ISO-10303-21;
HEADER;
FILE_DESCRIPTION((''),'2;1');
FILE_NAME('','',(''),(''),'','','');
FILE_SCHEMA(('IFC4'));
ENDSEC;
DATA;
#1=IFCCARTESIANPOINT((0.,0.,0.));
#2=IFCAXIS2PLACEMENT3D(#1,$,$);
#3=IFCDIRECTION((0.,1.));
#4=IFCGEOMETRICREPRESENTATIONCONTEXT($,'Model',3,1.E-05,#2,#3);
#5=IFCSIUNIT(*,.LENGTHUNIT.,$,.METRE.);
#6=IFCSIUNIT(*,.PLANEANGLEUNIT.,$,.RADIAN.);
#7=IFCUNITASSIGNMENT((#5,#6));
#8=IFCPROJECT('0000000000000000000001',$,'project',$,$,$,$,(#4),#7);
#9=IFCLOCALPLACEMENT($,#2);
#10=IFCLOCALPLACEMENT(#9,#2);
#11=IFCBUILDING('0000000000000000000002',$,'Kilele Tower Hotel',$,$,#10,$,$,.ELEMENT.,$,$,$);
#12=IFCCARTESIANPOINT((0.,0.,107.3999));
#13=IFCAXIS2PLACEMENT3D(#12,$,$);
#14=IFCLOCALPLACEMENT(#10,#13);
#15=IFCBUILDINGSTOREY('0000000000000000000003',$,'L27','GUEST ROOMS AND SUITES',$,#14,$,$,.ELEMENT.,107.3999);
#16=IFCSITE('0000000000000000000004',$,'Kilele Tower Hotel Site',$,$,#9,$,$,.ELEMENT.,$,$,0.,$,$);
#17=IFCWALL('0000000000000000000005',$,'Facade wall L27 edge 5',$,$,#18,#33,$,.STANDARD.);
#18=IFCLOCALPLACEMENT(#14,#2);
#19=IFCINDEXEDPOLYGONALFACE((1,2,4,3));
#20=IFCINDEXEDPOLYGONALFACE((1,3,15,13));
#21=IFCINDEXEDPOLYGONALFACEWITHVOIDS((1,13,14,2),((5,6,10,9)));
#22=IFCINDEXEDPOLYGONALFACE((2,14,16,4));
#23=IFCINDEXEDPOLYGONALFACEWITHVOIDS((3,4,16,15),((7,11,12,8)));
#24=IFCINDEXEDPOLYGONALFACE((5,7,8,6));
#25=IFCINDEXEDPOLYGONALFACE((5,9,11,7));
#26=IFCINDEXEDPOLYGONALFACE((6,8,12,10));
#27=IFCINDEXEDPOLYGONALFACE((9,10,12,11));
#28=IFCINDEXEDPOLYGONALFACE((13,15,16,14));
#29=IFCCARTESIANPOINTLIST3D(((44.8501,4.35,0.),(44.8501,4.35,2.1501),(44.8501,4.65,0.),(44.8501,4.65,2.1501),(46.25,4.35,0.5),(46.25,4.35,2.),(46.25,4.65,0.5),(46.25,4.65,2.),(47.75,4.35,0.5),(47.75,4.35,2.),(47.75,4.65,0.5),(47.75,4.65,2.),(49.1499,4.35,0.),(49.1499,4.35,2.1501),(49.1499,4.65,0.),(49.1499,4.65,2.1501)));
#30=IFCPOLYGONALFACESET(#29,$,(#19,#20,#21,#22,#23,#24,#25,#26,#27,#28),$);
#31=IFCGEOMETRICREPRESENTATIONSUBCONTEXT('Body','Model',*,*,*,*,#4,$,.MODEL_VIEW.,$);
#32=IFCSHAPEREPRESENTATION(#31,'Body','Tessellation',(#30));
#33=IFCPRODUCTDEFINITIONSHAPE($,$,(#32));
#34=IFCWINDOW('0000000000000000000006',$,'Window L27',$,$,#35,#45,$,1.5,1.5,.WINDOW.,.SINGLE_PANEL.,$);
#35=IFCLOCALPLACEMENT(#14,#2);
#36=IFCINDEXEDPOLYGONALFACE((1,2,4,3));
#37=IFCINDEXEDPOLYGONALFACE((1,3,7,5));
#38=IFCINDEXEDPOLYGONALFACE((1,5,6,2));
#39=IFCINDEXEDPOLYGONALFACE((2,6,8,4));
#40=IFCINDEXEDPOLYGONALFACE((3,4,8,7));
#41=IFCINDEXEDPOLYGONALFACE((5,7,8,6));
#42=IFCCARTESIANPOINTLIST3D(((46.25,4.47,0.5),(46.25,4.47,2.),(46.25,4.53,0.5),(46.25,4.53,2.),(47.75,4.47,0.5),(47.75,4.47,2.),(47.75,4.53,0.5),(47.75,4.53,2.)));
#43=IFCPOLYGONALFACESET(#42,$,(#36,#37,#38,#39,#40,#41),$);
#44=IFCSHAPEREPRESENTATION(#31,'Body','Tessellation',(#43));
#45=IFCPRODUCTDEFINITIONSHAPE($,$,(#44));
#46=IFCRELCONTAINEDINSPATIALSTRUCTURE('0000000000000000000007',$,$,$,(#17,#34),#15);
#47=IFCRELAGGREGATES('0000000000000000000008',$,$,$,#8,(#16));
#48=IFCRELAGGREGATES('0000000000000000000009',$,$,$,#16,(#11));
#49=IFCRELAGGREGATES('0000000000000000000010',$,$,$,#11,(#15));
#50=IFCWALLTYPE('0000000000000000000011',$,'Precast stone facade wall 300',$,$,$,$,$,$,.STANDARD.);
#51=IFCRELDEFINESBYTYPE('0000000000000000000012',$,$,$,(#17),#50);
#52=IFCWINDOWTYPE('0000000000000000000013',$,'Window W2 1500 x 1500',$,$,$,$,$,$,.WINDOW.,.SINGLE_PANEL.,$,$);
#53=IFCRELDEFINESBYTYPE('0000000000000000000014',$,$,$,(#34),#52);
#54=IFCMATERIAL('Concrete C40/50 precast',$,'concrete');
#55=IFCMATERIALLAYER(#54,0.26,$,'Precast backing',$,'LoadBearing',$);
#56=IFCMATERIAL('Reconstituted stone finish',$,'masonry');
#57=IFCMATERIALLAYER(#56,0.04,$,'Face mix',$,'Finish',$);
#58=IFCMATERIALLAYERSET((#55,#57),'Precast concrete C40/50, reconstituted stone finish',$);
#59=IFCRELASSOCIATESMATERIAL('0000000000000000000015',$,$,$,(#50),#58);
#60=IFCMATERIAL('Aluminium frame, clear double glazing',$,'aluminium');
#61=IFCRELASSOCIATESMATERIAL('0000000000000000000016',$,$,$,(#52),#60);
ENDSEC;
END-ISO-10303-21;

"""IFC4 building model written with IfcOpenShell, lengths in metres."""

from ifc_helpers import new_model, si_unit, direction, frame, frame_2d, origin, place, context, subcontext, project, spatial, rectangle, extrude, material, layer, layer_set, type_object, element, fill, save


model = new_model("IFC4")

# Units and contexts
model_context = context("Model", 3, precision=1e-05, world=origin(), true_north=direction((0.0, 1.0)))
body_context = subcontext(model_context, "Body", "Model", "MODEL_VIEW")
ifc_project = project(units=[si_unit("LENGTHUNIT", "METRE"), si_unit("PLANEANGLEUNIT", "RADIAN")], contexts=[model_context])

# Site, building, storey
site_placement = place(None, origin())
site = spatial("IfcSite", under=ifc_project, at=site_placement, Name="Kilele Tower Hotel Site", CompositionType="ELEMENT", RefElevation=0.0)
building_placement = place(site_placement, origin())
building = spatial("IfcBuilding", under=site, at=building_placement, Name="Kilele Tower Hotel", CompositionType="ELEMENT")
storey_placement = place(building_placement, frame((0.0, 0.0, 107.3999)))
storey = spatial("IfcBuildingStorey", under=building, at=storey_placement, Name="L27", Description="GUEST ROOMS AND SUITES", CompositionType="ELEMENT", Elevation=107.3999)

# Wall, opening, window
ifc_material_1 = material(Name="Concrete C40/50 precast", Category="concrete")
ifc_layer_1 = layer(ifc_material_1, 0.26, Name="Precast backing", Category="LoadBearing")
ifc_material_2 = material(Name="Reconstituted stone finish", Category="masonry")
ifc_layer_2 = layer(ifc_material_2, 0.04, Name="Face mix", Category="Finish")
ifc_layer_set_1 = layer_set([ifc_layer_1, ifc_layer_2], Name="Precast concrete C40/50, reconstituted stone finish")
wall_type_1 = type_object("IfcWallType", Name="Precast stone facade wall 300", PredefinedType="STANDARD", material=ifc_layer_set_1)
ifc_material_3 = material(Name="Aluminium frame, clear double glazing", Category="aluminium")
window_type = type_object("IfcWindowType", Name="Window W2 1500 x 1500", PartitioningType="SINGLE_PANEL", PredefinedType="WINDOW", material=ifc_material_3)
wall_1_placement = place(storey_placement, frame((44.8501, 4.5, 0.0), z_axis=(0.0, 0.0, 1.0), x_axis=(1.0, 0.0, 0.0)))
wall_1 = element("IfcWall", 1, at=wall_1_placement, inside=storey, type_object=wall_type_1, Name="Facade wall L27 edge 5", PredefinedType="STANDARD", context=body_context, shape_type="SweptSolid", body=[
    extrude(rectangle(XDim=4.2998, YDim=0.3, at=frame_2d((2.1499, 0.0))), origin(), (0.0, 0.0, 1.0), 2.1501),
])
opening_1_placement = place(wall_1_placement, frame((1.3999, 0.0, 0.5)))
opening_1 = element("IfcOpeningElement", 2, at=opening_1_placement, cuts=wall_1, PredefinedType="OPENING", context=body_context, shape_type="SweptSolid", body=[
    extrude(rectangle(XDim=1.5, YDim=1.5, at=frame_2d((0.75, 0.75))), frame((0.0, 0.1599, 0.0), z_axis=(0.0, -1.0, 0.0), x_axis=(1.0, 0.0, 0.0)), (0.0, 0.0, 1.0), 0.3201),
])
window_1_placement = place(opening_1_placement, origin())
window_1 = element("IfcWindow", 3, at=window_1_placement, inside=storey, type_object=window_type, Name="Window L27", OverallHeight=1.5, OverallWidth=1.5, PartitioningType="SINGLE_PANEL", PredefinedType="WINDOW", context=body_context, shape_type="SweptSolid", body=[
    extrude(rectangle(XDim=1.5, YDim=1.5, at=frame_2d((0.75, 0.75))), frame((0.0, 0.03, 0.0), z_axis=(0.0, -1.0, 0.0), x_axis=(1.0, 0.0, 0.0)), (0.0, 0.0, 1.0), 0.0601),
])
fill(opening_1, window_1)

save(model, "model.ifc")
